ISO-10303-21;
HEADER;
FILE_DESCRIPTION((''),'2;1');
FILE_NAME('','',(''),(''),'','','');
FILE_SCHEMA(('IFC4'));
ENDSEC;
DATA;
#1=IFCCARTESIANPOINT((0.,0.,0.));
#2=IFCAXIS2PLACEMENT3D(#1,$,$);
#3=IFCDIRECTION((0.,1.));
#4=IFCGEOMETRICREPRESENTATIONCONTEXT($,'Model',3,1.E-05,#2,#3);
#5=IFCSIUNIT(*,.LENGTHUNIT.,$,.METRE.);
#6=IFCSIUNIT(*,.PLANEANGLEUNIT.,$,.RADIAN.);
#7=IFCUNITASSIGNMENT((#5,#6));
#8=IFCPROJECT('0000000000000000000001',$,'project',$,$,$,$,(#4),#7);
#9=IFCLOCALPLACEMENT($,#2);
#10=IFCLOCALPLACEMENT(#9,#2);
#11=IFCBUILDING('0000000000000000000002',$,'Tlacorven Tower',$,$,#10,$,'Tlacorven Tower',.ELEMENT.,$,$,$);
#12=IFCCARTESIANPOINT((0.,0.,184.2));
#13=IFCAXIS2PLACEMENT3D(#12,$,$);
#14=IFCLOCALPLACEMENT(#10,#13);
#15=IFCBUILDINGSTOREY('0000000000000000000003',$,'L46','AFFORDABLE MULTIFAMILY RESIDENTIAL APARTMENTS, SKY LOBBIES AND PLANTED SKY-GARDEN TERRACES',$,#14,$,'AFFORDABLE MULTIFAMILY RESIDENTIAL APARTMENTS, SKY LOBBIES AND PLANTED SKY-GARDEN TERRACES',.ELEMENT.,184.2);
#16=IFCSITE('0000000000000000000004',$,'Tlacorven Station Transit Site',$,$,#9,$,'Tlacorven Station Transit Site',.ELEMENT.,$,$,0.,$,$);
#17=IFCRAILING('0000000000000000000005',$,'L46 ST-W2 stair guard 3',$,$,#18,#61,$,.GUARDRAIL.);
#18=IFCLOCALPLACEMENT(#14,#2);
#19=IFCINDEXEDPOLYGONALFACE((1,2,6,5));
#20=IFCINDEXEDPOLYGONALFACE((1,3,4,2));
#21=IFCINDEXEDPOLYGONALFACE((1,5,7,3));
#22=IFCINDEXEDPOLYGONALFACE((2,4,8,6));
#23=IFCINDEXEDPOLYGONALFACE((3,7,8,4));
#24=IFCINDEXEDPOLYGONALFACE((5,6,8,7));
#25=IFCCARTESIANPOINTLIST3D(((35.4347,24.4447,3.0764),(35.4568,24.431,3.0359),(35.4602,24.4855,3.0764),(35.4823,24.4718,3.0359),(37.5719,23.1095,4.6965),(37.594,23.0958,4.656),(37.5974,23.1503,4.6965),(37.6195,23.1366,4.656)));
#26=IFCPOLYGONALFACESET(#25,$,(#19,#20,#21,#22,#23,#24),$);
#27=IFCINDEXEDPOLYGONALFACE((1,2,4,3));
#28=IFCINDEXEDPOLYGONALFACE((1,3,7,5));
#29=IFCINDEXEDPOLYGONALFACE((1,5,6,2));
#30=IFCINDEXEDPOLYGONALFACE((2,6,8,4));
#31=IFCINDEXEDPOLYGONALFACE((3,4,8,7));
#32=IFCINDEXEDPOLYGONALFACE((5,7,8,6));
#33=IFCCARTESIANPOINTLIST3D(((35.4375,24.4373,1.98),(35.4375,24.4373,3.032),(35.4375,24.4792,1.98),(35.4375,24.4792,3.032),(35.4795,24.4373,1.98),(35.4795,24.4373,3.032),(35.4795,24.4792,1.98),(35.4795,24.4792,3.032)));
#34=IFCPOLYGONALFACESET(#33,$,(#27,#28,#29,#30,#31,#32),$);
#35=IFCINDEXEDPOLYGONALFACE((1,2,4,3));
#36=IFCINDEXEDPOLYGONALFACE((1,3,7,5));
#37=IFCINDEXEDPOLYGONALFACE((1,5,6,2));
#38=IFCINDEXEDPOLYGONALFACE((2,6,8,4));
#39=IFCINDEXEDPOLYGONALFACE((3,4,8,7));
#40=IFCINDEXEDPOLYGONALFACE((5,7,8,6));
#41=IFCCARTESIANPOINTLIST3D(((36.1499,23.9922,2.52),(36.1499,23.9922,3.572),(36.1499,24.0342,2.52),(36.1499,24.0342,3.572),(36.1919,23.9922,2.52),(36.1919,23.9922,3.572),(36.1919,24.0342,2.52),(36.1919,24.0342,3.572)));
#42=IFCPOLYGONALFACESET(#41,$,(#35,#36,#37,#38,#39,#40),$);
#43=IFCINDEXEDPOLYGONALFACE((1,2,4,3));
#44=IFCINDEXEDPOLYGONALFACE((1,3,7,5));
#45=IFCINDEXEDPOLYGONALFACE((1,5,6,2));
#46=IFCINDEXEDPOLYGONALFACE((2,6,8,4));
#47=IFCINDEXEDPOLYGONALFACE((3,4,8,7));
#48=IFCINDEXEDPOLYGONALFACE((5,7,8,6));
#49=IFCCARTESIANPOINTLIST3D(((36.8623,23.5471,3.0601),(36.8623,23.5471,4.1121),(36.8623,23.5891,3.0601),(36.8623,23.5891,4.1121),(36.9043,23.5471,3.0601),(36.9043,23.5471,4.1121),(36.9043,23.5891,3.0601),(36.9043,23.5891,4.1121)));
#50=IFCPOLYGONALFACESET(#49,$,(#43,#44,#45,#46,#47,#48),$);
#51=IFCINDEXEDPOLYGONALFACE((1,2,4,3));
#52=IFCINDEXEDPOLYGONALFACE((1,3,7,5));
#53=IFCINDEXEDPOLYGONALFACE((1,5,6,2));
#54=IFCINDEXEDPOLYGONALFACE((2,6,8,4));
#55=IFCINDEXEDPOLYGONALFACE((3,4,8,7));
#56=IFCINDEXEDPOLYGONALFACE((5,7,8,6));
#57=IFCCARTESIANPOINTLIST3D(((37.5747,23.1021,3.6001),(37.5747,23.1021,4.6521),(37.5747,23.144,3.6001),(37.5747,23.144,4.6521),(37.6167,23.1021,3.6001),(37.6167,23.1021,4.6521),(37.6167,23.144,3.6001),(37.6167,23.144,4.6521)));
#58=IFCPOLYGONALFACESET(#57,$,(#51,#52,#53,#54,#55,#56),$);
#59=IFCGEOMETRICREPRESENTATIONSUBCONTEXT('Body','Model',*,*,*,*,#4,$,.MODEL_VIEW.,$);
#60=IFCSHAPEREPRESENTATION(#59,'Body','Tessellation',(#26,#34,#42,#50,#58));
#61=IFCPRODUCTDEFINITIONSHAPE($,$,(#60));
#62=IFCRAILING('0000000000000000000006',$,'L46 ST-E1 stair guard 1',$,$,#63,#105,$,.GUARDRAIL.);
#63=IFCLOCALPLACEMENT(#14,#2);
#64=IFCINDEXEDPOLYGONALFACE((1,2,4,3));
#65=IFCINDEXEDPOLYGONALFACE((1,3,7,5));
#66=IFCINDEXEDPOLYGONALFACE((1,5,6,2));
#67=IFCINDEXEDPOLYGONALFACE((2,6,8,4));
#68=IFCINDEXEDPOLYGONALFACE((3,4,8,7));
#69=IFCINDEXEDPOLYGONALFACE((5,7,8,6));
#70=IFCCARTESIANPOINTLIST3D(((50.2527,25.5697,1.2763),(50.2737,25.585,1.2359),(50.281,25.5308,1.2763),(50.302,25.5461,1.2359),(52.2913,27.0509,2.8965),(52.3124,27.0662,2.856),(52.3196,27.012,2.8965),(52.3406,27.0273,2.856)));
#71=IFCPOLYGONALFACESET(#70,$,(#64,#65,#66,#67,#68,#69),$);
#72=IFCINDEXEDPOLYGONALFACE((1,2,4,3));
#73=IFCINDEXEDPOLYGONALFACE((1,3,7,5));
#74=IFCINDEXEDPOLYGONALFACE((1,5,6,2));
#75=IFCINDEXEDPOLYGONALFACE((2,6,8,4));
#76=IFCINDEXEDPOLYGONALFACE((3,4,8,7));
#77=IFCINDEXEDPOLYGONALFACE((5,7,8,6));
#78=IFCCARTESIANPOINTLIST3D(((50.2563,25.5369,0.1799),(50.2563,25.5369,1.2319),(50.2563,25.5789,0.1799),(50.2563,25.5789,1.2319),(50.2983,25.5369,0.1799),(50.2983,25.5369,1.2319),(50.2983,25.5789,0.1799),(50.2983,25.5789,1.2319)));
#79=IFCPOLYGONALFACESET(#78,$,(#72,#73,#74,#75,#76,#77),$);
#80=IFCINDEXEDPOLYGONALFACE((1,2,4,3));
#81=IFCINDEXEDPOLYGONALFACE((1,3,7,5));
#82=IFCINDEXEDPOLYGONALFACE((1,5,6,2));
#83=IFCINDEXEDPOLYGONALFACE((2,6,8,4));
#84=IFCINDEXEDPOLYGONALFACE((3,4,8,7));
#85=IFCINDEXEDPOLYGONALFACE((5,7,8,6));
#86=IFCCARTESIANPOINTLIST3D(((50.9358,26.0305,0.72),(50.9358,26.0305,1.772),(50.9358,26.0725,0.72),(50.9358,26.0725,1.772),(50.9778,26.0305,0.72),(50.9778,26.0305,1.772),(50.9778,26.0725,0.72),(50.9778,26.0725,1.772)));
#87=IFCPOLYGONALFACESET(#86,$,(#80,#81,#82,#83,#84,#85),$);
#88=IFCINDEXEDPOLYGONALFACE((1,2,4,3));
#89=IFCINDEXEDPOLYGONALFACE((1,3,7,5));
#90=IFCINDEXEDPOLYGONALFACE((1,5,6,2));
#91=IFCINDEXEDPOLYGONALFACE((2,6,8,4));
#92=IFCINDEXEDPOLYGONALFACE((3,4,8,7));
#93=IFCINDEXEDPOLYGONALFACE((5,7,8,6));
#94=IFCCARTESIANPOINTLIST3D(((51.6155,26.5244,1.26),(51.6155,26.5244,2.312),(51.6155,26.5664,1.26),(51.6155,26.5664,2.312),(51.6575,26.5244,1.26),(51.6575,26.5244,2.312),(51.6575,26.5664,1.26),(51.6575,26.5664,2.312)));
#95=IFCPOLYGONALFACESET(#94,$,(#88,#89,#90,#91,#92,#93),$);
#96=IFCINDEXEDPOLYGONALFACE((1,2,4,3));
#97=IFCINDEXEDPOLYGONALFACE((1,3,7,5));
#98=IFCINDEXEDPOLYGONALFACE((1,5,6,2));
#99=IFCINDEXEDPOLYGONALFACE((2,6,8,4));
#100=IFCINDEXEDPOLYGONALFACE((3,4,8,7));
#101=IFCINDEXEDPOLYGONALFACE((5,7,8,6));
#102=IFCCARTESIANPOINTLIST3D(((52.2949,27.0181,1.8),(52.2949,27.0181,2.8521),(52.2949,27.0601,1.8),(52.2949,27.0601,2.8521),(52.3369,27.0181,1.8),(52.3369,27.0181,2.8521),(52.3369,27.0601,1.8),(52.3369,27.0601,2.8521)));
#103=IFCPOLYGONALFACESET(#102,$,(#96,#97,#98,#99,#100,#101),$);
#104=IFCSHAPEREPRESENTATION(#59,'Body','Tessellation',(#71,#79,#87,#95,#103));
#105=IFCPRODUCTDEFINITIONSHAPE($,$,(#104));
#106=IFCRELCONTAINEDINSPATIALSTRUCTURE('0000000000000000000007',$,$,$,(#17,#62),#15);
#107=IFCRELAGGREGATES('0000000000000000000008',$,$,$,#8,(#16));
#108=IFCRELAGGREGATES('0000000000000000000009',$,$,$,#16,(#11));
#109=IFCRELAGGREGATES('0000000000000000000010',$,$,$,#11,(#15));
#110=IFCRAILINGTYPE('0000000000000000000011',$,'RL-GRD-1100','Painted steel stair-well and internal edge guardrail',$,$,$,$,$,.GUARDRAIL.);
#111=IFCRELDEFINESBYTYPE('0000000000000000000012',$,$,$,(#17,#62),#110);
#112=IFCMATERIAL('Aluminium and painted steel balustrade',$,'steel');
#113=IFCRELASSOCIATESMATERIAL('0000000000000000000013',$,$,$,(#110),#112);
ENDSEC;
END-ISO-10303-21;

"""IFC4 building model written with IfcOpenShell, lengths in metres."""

from ifc_helpers import new_model, si_unit, direction, frame, origin, origin_2d, place, context, subcontext, project, spatial, rectangle, extrude, source, transform, mapped, material, type_object, element, save


model = new_model("IFC4")

# Units and contexts
model_context = context("Model", 3, precision=1e-05, world=origin(), true_north=direction((0.0, 1.0)))
body_context = subcontext(model_context, "Body", "Model", "MODEL_VIEW")
ifc_project = project(units=[si_unit("LENGTHUNIT", "METRE"), si_unit("PLANEANGLEUNIT", "RADIAN")], contexts=[model_context])

# Site, building, storey
site_placement = place(None, origin())
site = spatial("IfcSite", under=ifc_project, at=site_placement, Name="Tlacorven Station Transit Site", LongName="Tlacorven Station Transit Site", CompositionType="ELEMENT", RefElevation=0.0)
building_placement = place(site_placement, origin())
building = spatial("IfcBuilding", under=site, at=building_placement, Name="Tlacorven Tower", LongName="Tlacorven Tower", CompositionType="ELEMENT")
storey_placement = place(building_placement, frame((0.0, 0.0, 184.2)))
storey = spatial("IfcBuildingStorey", under=building, at=storey_placement, Name="L46", Description="AFFORDABLE MULTIFAMILY RESIDENTIAL APARTMENTS, SKY LOBBIES AND PLANTED SKY-GARDEN TERRACES", LongName="AFFORDABLE MULTIFAMILY RESIDENTIAL APARTMENTS, SKY LOBBIES AND PLANTED SKY-GARDEN TERRACES", CompositionType="ELEMENT", Elevation=184.2)

# Railings
ifc_material_1 = material(Name="Aluminium and painted steel balustrade", Category="steel")
railing_type_1 = type_object("IfcRailingType", Name="RL-GRD-1100", Description="Painted steel stair-well and internal edge guardrail", PredefinedType="GUARDRAIL", material=ifc_material_1)
shared_shape_1 = source(origin(), body_context, "Body", "SweptSolid", [
    extrude(rectangle(XDim=0.0481, YDim=0.0481, at=origin_2d()), frame((0.0, 0.0, 1.0762), z_axis=(0.713386, -0.445683, 0.540784), x_axis=(0.529842, 0.848096, 0.0)), (0.0, 0.0, 1.0), 2.9958),
    extrude(rectangle(XDim=0.042, YDim=0.042, at=origin_2d()), origin(), (0.0, 0.0, 1.0), 1.052),
    extrude(rectangle(XDim=0.042, YDim=0.042, at=origin_2d()), frame((0.7124, -0.4451, 0.54)), (0.0, 0.0, 1.0), 1.052),
    extrude(rectangle(XDim=0.042, YDim=0.042, at=origin_2d()), frame((1.4248, -0.8901, 1.0801)), (0.0, 0.0, 1.0), 1.052),
    extrude(rectangle(XDim=0.042, YDim=0.042, at=origin_2d()), frame((2.1372, -1.3352, 1.6201)), (0.0, 0.0, 1.0), 1.052),
])
railing_1_placement = place(storey_placement, frame((35.4585, 24.4583, 1.98)))
element("IfcRailing", 1, at=railing_1_placement, inside=storey, type_object=railing_type_1, Name="L46 ST-W2 stair guard 3", PredefinedType="GUARDRAIL", context=body_context, shape_type="MappedRepresentation", body=[
    mapped(shared_shape_1, transform((0.0, 0.0, 0.0), scale=1.0)),
])
shared_shape_2 = source(origin(), body_context, "Body", "SweptSolid", [
    extrude(rectangle(XDim=0.0481, YDim=0.0481, at=origin_2d()), frame((0.0, 0.0, 1.0762), z_axis=(0.680489, 0.494434, 0.540805), x_axis=(-0.587809, 0.809, 0.0)), (0.0, 0.0, 1.0), 2.9958),
    extrude(rectangle(XDim=0.042, YDim=0.042, at=origin_2d()), origin(), (0.0, 0.0, 1.0), 1.052),
    extrude(rectangle(XDim=0.042, YDim=0.042, at=origin_2d()), frame((0.6794, 0.4937, 0.54)), (0.0, 0.0, 1.0), 1.052),
    extrude(rectangle(XDim=0.042, YDim=0.042, at=origin_2d()), frame((1.3591, 0.9875, 1.0801)), (0.0, 0.0, 1.0), 1.052),
    extrude(rectangle(XDim=0.042, YDim=0.042, at=origin_2d()), frame((2.0386, 1.4812, 1.6201)), (0.0, 0.0, 1.0), 1.052),
])
railing_2_placement = place(storey_placement, frame((50.2773, 25.5579, 0.1799)))
element("IfcRailing", 2, at=railing_2_placement, inside=storey, type_object=railing_type_1, Name="L46 ST-E1 stair guard 1", PredefinedType="GUARDRAIL", context=body_context, shape_type="MappedRepresentation", body=[
    mapped(shared_shape_2, transform((0.0, 0.0, 0.0), scale=1.0)),
])

save(model, "model.ifc")
